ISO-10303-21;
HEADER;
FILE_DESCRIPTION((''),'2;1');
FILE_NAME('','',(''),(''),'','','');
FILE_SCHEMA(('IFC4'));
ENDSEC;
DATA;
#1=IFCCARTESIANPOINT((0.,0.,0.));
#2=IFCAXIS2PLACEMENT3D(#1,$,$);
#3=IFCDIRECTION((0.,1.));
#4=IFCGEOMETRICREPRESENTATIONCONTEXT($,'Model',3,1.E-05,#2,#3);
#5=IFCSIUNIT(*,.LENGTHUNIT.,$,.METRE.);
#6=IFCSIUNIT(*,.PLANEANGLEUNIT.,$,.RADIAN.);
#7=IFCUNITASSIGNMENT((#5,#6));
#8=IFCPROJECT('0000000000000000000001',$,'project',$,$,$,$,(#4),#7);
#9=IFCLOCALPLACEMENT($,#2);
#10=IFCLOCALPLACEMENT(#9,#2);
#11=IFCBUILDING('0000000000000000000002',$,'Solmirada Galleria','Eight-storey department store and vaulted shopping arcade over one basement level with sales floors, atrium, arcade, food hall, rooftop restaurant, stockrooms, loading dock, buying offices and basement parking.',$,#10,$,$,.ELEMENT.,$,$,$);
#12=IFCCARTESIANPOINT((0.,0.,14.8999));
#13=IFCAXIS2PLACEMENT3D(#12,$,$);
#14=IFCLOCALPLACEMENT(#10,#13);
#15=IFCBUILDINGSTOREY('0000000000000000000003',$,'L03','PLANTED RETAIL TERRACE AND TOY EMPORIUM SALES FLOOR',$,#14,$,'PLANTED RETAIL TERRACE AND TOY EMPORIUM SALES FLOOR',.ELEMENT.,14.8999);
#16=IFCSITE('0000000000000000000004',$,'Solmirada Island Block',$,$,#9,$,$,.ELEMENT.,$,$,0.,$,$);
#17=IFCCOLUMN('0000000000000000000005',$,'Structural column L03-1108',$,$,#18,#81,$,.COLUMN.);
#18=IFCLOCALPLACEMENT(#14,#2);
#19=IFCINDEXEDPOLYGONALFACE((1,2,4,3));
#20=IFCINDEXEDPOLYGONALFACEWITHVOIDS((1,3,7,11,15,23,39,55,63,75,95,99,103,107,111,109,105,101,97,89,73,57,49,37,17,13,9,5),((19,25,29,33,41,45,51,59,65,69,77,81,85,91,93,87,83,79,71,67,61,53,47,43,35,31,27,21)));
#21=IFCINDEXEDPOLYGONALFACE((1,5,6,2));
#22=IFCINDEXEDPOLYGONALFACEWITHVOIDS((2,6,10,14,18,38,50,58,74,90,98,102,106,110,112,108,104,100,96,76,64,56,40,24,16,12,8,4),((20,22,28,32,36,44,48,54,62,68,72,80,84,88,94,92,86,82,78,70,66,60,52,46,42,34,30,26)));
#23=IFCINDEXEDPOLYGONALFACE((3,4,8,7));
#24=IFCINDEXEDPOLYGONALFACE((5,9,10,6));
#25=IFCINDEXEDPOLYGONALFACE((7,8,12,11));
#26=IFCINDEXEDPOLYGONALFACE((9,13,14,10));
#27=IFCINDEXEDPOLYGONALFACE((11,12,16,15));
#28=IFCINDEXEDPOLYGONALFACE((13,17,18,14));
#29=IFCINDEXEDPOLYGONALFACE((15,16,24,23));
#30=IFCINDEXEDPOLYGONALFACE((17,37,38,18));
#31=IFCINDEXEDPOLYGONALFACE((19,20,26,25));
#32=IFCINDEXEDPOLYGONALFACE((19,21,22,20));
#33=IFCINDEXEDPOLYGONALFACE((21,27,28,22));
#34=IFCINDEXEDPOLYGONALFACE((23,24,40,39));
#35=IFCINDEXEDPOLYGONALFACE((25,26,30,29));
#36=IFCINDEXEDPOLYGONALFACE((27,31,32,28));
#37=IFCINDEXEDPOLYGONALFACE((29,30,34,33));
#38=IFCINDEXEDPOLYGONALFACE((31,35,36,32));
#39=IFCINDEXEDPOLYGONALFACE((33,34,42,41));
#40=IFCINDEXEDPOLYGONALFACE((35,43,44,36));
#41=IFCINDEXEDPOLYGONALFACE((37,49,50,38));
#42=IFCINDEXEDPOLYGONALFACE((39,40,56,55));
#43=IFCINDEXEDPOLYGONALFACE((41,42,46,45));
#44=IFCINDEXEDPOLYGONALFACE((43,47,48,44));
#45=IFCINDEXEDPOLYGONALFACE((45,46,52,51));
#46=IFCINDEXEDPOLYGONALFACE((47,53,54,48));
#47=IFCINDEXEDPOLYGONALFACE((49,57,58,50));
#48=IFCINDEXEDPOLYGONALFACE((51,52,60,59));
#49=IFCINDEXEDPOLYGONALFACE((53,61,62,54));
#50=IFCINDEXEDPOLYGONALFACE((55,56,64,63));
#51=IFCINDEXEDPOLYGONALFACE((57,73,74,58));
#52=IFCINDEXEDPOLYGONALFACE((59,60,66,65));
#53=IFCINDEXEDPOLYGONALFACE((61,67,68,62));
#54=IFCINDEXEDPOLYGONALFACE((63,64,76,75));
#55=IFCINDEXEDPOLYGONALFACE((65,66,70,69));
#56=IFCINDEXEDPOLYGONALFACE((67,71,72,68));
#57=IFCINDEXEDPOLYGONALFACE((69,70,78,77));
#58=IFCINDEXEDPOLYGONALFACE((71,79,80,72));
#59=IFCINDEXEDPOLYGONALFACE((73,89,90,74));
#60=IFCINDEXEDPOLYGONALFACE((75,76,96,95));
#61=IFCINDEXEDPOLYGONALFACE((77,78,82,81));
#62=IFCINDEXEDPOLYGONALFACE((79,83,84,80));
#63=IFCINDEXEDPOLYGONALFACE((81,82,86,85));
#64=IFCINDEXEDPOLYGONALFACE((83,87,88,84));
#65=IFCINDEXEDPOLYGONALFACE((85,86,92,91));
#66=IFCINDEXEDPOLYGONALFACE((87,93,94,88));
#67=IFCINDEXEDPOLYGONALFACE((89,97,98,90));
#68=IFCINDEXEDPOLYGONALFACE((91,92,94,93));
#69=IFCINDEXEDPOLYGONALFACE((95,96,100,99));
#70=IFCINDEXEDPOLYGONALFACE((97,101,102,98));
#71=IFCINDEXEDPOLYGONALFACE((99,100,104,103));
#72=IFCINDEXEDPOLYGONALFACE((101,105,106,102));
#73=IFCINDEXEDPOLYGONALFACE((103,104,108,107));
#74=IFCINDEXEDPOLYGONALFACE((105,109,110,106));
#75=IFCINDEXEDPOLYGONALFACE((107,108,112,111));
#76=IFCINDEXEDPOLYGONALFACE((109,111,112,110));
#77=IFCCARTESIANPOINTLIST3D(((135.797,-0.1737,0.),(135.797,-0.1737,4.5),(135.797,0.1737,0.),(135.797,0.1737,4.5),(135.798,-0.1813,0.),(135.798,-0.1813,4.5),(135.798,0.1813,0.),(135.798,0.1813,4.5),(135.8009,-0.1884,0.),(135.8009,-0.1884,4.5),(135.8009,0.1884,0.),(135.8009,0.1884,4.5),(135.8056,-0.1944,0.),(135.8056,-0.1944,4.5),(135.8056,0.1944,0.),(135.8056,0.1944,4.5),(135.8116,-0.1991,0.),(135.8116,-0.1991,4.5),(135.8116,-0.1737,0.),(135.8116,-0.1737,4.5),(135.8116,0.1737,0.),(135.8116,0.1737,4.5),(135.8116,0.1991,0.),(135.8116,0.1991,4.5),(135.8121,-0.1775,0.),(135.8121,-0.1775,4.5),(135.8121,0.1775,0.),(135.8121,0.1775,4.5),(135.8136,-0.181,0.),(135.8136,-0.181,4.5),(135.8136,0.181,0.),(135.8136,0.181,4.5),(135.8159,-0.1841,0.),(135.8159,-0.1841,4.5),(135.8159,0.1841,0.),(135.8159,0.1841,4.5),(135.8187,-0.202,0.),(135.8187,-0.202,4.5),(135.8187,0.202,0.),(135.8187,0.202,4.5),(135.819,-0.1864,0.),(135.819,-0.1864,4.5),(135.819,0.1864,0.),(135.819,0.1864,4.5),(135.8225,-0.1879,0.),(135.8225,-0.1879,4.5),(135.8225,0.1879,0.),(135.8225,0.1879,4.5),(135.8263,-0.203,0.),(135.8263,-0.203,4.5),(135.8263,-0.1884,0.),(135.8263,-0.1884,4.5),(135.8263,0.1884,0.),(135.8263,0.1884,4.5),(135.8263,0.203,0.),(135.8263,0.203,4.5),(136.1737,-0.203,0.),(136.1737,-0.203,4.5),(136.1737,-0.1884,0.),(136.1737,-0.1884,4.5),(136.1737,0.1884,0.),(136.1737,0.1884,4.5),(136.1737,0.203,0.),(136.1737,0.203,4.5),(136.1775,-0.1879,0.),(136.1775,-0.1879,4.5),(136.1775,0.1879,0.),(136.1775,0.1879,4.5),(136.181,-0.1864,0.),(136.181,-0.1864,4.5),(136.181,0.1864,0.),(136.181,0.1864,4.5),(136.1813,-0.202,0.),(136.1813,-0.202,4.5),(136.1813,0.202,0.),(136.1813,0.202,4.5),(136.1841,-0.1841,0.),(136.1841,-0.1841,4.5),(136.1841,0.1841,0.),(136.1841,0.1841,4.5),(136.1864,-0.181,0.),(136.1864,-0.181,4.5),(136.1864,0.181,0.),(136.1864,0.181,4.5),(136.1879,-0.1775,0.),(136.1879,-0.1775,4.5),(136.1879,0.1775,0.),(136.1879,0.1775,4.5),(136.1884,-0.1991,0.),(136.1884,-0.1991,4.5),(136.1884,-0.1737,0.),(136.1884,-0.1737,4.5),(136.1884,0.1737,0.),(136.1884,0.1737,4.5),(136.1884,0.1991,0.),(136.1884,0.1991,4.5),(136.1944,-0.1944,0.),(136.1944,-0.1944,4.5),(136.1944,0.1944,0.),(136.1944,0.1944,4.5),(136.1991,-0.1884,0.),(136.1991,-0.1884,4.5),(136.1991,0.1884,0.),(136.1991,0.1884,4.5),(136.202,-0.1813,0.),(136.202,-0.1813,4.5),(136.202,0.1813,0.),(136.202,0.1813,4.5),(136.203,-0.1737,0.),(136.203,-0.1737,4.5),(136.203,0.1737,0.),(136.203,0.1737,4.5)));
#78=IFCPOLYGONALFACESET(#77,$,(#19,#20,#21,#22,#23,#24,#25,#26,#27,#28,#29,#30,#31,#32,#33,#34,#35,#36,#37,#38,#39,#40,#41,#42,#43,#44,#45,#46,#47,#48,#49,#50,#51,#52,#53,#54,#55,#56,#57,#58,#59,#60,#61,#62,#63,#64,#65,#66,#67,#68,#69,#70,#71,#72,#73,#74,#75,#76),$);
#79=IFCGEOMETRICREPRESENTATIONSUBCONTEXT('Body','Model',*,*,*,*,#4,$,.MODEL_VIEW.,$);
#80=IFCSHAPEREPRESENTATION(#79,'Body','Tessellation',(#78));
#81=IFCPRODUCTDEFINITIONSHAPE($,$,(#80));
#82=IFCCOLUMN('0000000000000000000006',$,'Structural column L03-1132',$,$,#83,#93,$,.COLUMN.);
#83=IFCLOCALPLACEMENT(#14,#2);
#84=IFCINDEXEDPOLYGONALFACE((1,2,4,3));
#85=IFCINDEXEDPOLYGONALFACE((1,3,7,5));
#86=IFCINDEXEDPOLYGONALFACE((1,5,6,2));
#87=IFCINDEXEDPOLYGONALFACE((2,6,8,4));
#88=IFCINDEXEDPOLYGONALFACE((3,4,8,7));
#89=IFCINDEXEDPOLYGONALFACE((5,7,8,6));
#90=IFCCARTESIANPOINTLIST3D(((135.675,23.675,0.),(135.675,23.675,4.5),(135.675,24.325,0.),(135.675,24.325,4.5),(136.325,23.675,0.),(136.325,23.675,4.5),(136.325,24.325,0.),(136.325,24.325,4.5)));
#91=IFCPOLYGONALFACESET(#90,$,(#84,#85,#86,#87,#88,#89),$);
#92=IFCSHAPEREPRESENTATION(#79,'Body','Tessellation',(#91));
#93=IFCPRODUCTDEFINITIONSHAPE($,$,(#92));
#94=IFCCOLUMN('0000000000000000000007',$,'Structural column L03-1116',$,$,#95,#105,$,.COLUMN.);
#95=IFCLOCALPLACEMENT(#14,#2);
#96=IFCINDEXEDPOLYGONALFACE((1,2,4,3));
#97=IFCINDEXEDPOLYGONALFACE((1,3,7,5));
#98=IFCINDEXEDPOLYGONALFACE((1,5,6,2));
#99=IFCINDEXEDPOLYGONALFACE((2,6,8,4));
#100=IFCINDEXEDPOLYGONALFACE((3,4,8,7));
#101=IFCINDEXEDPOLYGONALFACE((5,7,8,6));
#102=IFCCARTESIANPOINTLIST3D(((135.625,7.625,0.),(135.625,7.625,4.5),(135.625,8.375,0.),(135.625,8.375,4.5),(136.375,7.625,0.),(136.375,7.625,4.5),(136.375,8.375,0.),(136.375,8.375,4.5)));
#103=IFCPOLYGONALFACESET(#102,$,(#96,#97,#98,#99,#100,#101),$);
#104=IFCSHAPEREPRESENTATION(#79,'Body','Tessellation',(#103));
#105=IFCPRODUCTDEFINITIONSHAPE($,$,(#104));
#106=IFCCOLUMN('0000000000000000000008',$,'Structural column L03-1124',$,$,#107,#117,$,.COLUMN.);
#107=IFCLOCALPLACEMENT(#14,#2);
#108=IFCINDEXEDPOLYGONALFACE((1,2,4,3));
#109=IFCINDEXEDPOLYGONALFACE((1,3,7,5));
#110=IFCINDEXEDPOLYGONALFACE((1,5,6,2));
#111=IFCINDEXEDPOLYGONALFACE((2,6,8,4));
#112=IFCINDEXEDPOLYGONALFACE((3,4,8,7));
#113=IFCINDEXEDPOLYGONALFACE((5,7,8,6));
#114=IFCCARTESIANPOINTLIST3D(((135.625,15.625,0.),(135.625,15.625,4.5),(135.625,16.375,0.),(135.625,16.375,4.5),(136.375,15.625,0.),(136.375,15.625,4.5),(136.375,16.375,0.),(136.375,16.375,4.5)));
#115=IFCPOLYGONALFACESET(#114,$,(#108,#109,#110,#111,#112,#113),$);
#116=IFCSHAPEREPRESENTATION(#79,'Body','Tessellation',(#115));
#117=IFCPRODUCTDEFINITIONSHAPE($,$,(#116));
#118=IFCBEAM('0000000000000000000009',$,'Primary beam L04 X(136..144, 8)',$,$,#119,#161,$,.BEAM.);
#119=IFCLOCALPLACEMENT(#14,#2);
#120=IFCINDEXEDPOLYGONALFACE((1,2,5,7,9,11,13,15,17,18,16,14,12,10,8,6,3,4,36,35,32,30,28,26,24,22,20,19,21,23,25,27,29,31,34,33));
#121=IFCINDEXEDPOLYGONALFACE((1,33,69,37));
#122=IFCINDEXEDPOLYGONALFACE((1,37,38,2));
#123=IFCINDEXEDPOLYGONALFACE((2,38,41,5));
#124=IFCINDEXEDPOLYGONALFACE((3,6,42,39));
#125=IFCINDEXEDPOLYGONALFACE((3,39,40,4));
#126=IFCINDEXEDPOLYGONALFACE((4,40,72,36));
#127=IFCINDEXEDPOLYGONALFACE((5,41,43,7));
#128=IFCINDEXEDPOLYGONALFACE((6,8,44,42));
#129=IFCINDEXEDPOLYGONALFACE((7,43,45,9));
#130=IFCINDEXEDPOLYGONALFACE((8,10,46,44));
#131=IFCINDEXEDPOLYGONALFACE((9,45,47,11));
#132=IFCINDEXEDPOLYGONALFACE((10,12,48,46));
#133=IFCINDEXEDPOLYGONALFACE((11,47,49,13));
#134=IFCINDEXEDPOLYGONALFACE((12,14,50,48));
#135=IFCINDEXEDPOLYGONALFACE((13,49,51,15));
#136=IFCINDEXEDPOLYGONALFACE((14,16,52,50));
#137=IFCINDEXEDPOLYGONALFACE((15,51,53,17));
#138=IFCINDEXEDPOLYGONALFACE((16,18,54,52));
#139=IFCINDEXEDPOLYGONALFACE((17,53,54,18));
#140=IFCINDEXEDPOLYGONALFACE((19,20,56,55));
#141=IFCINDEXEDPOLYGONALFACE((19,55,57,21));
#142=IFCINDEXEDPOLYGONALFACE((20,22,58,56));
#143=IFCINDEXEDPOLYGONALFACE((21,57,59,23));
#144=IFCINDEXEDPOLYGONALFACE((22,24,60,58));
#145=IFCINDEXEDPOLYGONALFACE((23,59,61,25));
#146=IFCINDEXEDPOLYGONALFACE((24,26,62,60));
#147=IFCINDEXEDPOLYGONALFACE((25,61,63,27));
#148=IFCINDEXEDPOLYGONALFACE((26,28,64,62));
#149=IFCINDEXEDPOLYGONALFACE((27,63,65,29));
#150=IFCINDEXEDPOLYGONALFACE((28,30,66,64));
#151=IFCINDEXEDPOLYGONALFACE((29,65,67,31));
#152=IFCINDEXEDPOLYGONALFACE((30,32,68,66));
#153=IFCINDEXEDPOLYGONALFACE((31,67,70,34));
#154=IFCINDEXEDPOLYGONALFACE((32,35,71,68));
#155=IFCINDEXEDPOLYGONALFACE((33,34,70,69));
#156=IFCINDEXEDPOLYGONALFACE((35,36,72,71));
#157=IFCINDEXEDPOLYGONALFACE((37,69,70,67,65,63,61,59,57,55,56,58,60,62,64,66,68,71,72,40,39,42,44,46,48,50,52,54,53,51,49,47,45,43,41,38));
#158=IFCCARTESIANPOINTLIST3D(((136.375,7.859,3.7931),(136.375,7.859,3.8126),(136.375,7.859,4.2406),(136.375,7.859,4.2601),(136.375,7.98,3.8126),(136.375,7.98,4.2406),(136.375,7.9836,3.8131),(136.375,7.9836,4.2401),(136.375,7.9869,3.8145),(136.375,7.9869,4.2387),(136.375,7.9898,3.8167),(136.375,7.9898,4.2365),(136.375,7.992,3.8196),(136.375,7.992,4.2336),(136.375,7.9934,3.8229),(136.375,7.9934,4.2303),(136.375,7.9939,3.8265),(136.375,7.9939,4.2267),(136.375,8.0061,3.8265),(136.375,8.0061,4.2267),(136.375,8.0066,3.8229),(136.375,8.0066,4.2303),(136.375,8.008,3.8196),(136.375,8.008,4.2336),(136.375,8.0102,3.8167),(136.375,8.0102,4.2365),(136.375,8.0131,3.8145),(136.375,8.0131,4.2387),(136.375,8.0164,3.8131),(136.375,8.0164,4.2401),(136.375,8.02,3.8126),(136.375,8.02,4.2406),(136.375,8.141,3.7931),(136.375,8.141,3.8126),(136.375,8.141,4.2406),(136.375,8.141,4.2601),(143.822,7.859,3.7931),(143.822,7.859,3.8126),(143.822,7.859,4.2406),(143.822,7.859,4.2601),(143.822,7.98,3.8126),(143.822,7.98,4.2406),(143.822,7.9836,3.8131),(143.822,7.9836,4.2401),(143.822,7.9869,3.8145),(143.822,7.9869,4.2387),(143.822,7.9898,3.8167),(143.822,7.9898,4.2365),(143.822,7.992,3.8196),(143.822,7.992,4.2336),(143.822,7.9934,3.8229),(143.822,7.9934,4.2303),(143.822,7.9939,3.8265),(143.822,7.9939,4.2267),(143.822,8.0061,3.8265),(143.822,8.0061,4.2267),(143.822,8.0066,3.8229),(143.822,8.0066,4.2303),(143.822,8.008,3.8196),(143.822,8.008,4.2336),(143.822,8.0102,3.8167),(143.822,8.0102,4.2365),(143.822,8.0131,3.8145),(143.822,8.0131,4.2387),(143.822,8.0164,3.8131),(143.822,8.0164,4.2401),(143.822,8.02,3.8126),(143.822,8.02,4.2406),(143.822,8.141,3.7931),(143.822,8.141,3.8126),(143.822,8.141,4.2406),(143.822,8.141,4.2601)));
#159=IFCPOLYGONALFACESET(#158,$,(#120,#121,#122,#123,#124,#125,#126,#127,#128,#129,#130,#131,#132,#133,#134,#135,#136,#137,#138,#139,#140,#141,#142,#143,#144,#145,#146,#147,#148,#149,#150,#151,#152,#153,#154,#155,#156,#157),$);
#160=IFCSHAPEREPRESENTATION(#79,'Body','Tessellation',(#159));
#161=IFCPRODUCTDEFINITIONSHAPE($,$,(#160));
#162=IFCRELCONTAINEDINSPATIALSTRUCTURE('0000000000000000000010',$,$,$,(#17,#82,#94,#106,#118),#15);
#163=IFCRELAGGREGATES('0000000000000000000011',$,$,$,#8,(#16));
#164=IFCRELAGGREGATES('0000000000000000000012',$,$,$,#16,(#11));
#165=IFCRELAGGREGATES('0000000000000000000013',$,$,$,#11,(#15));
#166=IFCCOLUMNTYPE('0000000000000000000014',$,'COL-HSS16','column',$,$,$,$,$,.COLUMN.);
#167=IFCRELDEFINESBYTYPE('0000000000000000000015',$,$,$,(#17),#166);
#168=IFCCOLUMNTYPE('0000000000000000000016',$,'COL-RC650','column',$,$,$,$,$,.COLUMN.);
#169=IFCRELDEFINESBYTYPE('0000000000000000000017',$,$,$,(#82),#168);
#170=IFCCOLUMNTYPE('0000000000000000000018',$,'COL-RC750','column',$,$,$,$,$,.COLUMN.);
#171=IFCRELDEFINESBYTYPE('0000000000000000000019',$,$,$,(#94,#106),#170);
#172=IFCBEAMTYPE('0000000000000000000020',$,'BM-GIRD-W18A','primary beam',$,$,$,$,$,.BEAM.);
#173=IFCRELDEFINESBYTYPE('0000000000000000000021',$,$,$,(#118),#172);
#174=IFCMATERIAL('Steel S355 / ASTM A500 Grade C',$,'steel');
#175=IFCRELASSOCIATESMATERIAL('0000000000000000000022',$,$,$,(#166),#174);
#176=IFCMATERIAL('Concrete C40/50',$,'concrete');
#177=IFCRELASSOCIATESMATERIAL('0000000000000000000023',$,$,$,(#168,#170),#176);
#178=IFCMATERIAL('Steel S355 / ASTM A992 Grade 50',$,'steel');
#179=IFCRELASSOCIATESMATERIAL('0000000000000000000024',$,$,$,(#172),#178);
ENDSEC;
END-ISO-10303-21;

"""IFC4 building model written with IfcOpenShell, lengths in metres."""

from ifc_helpers import new_model, si_unit, direction, frame, origin, origin_2d, place, context, subcontext, project, spatial, rectangle, hollow_rectangle, i_section, extrude, material, material_profile, profile_set, type_object, element, save


model = new_model("IFC4")

# Units and contexts
model_context = context("Model", 3, precision=1e-05, world=origin(), true_north=direction((0.0, 1.0)))
body_context = subcontext(model_context, "Body", "Model", "MODEL_VIEW")
ifc_project = project(units=[si_unit("LENGTHUNIT", "METRE"), si_unit("PLANEANGLEUNIT", "RADIAN")], contexts=[model_context])

# Site, building, storey
site_placement = place(None, origin())
site = spatial("IfcSite", under=ifc_project, at=site_placement, Name="Solmirada Island Block", CompositionType="ELEMENT", RefElevation=0.0)
building_placement = place(site_placement, origin())
building = spatial("IfcBuilding", under=site, at=building_placement, Name="Solmirada Galleria", Description="Eight-storey department store and vaulted shopping arcade over one basement level with sales floors, atrium, arcade, food hall, rooftop restaurant, stockrooms, loading dock, buying offices and basement parking.", CompositionType="ELEMENT")
storey_placement = place(building_placement, frame((0.0, 0.0, 14.8999)))
storey = spatial("IfcBuildingStorey", under=building, at=storey_placement, Name="L03", Description="PLANTED RETAIL TERRACE AND TOY EMPORIUM SALES FLOOR", LongName="PLANTED RETAIL TERRACE AND TOY EMPORIUM SALES FLOOR", CompositionType="ELEMENT", Elevation=14.8999)

# Columns
ifc_material_1 = material(Name="Steel S355 / ASTM A500 Grade C", Category="steel")
ifc_material_profile_1 = material_profile(ifc_material_1, hollow_rectangle(XDim=0.406, YDim=0.406, WallThickness=0.0146, InnerFilletRadius=0.0146, OuterFilletRadius=0.0293, at=origin_2d()), Name="HSS16X16X5/8")
ifc_profile_set_1 = profile_set([ifc_material_profile_1], Name="Steel S355 / ASTM A500 Grade C")
column_type_1 = type_object("IfcColumnType", Name="COL-HSS16", Description="column", PredefinedType="COLUMN", material=ifc_profile_set_1)
column_1_placement = place(storey_placement, frame((136.0, 0.0, 0.0), z_axis=(0.0, 0.0, 1.0), x_axis=(1.0, 0.0, 0.0)))
element("IfcColumn", 1, at=column_1_placement, inside=storey, type_object=column_type_1, Name="Structural column L03-1108", PredefinedType="COLUMN", context=body_context, shape_type="SweptSolid", body=[
    extrude(hollow_rectangle(XDim=0.406, YDim=0.406, WallThickness=0.0146, InnerFilletRadius=0.0146, OuterFilletRadius=0.0293, at=origin_2d()), origin(), (0.0, 0.0, 1.0), 4.5),
])
ifc_material_2 = material(Name="Concrete C40/50", Category="concrete")
ifc_material_profile_2 = material_profile(ifc_material_2, rectangle(XDim=0.6499, YDim=0.6499, at=origin_2d()), Name="RC650X650")
ifc_profile_set_2 = profile_set([ifc_material_profile_2], Name="Concrete C40/50")
column_type_2 = type_object("IfcColumnType", Name="COL-RC650", Description="column", PredefinedType="COLUMN", material=ifc_profile_set_2)
column_2_placement = place(storey_placement, frame((136.0, 24.0, 0.0), z_axis=(0.0, 0.0, 1.0), x_axis=(1.0, 0.0, 0.0)))
element("IfcColumn", 2, at=column_2_placement, inside=storey, type_object=column_type_2, Name="Structural column L03-1132", PredefinedType="COLUMN", context=body_context, shape_type="SweptSolid", body=[
    extrude(rectangle(XDim=0.6499, YDim=0.6499, at=origin_2d()), origin(), (0.0, 0.0, 1.0), 4.5),
])
ifc_material_profile_3 = material_profile(ifc_material_2, rectangle(XDim=0.75, YDim=0.75, at=origin_2d()), Name="RC750X750")
ifc_profile_set_3 = profile_set([ifc_material_profile_3], Name="Concrete C40/50")
column_type_3 = type_object("IfcColumnType", Name="COL-RC750", Description="column", PredefinedType="COLUMN", material=ifc_profile_set_3)
for number, where, z_axis, x_axis, name in (
    (3, (136.0, 8.0, 0.0), (0.0, 0.0, 1.0), (1.0, 0.0, 0.0), "Structural column L03-1116"),
    (4, (136.0, 16.0, 0.0), (0.0, 0.0, 1.0), (1.0, 0.0, 0.0), "Structural column L03-1124"),
):
    element("IfcColumn", number, at=place(storey_placement, frame(where, z_axis=z_axis, x_axis=x_axis)), inside=storey, type_object=column_type_3, Name=name, PredefinedType="COLUMN", context=body_context, shape_type="SweptSolid", body=[
        extrude(rectangle(XDim=0.75, YDim=0.75, at=origin_2d()), origin(), (0.0, 0.0, 1.0), 4.5),
    ])

# Beam
ifc_material_3 = material(Name="Steel S355 / ASTM A992 Grade 50", Category="steel")
ifc_material_profile_4 = material_profile(ifc_material_3, i_section(OverallWidth=0.282, OverallDepth=0.467, WebThickness=0.0122, FlangeThickness=0.0195, FilletRadius=0.0139, at=origin_2d()), Name="W18X86")
ifc_profile_set_4 = profile_set([ifc_material_profile_4], Name="Steel S355 / ASTM A992 Grade 50")
beam_type_1 = type_object("IfcBeamType", Name="BM-GIRD-W18A", Description="primary beam", PredefinedType="BEAM", material=ifc_profile_set_4)
beam_1_placement = place(storey_placement, frame((136.375, 8.0, 4.0266), z_axis=(1.0, 0.0, 0.0), x_axis=(0.0, 1.0, 0.0)))
element("IfcBeam", 5, at=beam_1_placement, inside=storey, type_object=beam_type_1, Name="Primary beam L04 X(136..144, 8)", PredefinedType="BEAM", context=body_context, shape_type="SweptSolid", body=[
    extrude(i_section(OverallWidth=0.282, OverallDepth=0.467, WebThickness=0.0122, FlangeThickness=0.0195, FilletRadius=0.0139, at=origin_2d()), origin(), (0.0, 0.0, 1.0), 7.447),
])

save(model, "model.ifc")
